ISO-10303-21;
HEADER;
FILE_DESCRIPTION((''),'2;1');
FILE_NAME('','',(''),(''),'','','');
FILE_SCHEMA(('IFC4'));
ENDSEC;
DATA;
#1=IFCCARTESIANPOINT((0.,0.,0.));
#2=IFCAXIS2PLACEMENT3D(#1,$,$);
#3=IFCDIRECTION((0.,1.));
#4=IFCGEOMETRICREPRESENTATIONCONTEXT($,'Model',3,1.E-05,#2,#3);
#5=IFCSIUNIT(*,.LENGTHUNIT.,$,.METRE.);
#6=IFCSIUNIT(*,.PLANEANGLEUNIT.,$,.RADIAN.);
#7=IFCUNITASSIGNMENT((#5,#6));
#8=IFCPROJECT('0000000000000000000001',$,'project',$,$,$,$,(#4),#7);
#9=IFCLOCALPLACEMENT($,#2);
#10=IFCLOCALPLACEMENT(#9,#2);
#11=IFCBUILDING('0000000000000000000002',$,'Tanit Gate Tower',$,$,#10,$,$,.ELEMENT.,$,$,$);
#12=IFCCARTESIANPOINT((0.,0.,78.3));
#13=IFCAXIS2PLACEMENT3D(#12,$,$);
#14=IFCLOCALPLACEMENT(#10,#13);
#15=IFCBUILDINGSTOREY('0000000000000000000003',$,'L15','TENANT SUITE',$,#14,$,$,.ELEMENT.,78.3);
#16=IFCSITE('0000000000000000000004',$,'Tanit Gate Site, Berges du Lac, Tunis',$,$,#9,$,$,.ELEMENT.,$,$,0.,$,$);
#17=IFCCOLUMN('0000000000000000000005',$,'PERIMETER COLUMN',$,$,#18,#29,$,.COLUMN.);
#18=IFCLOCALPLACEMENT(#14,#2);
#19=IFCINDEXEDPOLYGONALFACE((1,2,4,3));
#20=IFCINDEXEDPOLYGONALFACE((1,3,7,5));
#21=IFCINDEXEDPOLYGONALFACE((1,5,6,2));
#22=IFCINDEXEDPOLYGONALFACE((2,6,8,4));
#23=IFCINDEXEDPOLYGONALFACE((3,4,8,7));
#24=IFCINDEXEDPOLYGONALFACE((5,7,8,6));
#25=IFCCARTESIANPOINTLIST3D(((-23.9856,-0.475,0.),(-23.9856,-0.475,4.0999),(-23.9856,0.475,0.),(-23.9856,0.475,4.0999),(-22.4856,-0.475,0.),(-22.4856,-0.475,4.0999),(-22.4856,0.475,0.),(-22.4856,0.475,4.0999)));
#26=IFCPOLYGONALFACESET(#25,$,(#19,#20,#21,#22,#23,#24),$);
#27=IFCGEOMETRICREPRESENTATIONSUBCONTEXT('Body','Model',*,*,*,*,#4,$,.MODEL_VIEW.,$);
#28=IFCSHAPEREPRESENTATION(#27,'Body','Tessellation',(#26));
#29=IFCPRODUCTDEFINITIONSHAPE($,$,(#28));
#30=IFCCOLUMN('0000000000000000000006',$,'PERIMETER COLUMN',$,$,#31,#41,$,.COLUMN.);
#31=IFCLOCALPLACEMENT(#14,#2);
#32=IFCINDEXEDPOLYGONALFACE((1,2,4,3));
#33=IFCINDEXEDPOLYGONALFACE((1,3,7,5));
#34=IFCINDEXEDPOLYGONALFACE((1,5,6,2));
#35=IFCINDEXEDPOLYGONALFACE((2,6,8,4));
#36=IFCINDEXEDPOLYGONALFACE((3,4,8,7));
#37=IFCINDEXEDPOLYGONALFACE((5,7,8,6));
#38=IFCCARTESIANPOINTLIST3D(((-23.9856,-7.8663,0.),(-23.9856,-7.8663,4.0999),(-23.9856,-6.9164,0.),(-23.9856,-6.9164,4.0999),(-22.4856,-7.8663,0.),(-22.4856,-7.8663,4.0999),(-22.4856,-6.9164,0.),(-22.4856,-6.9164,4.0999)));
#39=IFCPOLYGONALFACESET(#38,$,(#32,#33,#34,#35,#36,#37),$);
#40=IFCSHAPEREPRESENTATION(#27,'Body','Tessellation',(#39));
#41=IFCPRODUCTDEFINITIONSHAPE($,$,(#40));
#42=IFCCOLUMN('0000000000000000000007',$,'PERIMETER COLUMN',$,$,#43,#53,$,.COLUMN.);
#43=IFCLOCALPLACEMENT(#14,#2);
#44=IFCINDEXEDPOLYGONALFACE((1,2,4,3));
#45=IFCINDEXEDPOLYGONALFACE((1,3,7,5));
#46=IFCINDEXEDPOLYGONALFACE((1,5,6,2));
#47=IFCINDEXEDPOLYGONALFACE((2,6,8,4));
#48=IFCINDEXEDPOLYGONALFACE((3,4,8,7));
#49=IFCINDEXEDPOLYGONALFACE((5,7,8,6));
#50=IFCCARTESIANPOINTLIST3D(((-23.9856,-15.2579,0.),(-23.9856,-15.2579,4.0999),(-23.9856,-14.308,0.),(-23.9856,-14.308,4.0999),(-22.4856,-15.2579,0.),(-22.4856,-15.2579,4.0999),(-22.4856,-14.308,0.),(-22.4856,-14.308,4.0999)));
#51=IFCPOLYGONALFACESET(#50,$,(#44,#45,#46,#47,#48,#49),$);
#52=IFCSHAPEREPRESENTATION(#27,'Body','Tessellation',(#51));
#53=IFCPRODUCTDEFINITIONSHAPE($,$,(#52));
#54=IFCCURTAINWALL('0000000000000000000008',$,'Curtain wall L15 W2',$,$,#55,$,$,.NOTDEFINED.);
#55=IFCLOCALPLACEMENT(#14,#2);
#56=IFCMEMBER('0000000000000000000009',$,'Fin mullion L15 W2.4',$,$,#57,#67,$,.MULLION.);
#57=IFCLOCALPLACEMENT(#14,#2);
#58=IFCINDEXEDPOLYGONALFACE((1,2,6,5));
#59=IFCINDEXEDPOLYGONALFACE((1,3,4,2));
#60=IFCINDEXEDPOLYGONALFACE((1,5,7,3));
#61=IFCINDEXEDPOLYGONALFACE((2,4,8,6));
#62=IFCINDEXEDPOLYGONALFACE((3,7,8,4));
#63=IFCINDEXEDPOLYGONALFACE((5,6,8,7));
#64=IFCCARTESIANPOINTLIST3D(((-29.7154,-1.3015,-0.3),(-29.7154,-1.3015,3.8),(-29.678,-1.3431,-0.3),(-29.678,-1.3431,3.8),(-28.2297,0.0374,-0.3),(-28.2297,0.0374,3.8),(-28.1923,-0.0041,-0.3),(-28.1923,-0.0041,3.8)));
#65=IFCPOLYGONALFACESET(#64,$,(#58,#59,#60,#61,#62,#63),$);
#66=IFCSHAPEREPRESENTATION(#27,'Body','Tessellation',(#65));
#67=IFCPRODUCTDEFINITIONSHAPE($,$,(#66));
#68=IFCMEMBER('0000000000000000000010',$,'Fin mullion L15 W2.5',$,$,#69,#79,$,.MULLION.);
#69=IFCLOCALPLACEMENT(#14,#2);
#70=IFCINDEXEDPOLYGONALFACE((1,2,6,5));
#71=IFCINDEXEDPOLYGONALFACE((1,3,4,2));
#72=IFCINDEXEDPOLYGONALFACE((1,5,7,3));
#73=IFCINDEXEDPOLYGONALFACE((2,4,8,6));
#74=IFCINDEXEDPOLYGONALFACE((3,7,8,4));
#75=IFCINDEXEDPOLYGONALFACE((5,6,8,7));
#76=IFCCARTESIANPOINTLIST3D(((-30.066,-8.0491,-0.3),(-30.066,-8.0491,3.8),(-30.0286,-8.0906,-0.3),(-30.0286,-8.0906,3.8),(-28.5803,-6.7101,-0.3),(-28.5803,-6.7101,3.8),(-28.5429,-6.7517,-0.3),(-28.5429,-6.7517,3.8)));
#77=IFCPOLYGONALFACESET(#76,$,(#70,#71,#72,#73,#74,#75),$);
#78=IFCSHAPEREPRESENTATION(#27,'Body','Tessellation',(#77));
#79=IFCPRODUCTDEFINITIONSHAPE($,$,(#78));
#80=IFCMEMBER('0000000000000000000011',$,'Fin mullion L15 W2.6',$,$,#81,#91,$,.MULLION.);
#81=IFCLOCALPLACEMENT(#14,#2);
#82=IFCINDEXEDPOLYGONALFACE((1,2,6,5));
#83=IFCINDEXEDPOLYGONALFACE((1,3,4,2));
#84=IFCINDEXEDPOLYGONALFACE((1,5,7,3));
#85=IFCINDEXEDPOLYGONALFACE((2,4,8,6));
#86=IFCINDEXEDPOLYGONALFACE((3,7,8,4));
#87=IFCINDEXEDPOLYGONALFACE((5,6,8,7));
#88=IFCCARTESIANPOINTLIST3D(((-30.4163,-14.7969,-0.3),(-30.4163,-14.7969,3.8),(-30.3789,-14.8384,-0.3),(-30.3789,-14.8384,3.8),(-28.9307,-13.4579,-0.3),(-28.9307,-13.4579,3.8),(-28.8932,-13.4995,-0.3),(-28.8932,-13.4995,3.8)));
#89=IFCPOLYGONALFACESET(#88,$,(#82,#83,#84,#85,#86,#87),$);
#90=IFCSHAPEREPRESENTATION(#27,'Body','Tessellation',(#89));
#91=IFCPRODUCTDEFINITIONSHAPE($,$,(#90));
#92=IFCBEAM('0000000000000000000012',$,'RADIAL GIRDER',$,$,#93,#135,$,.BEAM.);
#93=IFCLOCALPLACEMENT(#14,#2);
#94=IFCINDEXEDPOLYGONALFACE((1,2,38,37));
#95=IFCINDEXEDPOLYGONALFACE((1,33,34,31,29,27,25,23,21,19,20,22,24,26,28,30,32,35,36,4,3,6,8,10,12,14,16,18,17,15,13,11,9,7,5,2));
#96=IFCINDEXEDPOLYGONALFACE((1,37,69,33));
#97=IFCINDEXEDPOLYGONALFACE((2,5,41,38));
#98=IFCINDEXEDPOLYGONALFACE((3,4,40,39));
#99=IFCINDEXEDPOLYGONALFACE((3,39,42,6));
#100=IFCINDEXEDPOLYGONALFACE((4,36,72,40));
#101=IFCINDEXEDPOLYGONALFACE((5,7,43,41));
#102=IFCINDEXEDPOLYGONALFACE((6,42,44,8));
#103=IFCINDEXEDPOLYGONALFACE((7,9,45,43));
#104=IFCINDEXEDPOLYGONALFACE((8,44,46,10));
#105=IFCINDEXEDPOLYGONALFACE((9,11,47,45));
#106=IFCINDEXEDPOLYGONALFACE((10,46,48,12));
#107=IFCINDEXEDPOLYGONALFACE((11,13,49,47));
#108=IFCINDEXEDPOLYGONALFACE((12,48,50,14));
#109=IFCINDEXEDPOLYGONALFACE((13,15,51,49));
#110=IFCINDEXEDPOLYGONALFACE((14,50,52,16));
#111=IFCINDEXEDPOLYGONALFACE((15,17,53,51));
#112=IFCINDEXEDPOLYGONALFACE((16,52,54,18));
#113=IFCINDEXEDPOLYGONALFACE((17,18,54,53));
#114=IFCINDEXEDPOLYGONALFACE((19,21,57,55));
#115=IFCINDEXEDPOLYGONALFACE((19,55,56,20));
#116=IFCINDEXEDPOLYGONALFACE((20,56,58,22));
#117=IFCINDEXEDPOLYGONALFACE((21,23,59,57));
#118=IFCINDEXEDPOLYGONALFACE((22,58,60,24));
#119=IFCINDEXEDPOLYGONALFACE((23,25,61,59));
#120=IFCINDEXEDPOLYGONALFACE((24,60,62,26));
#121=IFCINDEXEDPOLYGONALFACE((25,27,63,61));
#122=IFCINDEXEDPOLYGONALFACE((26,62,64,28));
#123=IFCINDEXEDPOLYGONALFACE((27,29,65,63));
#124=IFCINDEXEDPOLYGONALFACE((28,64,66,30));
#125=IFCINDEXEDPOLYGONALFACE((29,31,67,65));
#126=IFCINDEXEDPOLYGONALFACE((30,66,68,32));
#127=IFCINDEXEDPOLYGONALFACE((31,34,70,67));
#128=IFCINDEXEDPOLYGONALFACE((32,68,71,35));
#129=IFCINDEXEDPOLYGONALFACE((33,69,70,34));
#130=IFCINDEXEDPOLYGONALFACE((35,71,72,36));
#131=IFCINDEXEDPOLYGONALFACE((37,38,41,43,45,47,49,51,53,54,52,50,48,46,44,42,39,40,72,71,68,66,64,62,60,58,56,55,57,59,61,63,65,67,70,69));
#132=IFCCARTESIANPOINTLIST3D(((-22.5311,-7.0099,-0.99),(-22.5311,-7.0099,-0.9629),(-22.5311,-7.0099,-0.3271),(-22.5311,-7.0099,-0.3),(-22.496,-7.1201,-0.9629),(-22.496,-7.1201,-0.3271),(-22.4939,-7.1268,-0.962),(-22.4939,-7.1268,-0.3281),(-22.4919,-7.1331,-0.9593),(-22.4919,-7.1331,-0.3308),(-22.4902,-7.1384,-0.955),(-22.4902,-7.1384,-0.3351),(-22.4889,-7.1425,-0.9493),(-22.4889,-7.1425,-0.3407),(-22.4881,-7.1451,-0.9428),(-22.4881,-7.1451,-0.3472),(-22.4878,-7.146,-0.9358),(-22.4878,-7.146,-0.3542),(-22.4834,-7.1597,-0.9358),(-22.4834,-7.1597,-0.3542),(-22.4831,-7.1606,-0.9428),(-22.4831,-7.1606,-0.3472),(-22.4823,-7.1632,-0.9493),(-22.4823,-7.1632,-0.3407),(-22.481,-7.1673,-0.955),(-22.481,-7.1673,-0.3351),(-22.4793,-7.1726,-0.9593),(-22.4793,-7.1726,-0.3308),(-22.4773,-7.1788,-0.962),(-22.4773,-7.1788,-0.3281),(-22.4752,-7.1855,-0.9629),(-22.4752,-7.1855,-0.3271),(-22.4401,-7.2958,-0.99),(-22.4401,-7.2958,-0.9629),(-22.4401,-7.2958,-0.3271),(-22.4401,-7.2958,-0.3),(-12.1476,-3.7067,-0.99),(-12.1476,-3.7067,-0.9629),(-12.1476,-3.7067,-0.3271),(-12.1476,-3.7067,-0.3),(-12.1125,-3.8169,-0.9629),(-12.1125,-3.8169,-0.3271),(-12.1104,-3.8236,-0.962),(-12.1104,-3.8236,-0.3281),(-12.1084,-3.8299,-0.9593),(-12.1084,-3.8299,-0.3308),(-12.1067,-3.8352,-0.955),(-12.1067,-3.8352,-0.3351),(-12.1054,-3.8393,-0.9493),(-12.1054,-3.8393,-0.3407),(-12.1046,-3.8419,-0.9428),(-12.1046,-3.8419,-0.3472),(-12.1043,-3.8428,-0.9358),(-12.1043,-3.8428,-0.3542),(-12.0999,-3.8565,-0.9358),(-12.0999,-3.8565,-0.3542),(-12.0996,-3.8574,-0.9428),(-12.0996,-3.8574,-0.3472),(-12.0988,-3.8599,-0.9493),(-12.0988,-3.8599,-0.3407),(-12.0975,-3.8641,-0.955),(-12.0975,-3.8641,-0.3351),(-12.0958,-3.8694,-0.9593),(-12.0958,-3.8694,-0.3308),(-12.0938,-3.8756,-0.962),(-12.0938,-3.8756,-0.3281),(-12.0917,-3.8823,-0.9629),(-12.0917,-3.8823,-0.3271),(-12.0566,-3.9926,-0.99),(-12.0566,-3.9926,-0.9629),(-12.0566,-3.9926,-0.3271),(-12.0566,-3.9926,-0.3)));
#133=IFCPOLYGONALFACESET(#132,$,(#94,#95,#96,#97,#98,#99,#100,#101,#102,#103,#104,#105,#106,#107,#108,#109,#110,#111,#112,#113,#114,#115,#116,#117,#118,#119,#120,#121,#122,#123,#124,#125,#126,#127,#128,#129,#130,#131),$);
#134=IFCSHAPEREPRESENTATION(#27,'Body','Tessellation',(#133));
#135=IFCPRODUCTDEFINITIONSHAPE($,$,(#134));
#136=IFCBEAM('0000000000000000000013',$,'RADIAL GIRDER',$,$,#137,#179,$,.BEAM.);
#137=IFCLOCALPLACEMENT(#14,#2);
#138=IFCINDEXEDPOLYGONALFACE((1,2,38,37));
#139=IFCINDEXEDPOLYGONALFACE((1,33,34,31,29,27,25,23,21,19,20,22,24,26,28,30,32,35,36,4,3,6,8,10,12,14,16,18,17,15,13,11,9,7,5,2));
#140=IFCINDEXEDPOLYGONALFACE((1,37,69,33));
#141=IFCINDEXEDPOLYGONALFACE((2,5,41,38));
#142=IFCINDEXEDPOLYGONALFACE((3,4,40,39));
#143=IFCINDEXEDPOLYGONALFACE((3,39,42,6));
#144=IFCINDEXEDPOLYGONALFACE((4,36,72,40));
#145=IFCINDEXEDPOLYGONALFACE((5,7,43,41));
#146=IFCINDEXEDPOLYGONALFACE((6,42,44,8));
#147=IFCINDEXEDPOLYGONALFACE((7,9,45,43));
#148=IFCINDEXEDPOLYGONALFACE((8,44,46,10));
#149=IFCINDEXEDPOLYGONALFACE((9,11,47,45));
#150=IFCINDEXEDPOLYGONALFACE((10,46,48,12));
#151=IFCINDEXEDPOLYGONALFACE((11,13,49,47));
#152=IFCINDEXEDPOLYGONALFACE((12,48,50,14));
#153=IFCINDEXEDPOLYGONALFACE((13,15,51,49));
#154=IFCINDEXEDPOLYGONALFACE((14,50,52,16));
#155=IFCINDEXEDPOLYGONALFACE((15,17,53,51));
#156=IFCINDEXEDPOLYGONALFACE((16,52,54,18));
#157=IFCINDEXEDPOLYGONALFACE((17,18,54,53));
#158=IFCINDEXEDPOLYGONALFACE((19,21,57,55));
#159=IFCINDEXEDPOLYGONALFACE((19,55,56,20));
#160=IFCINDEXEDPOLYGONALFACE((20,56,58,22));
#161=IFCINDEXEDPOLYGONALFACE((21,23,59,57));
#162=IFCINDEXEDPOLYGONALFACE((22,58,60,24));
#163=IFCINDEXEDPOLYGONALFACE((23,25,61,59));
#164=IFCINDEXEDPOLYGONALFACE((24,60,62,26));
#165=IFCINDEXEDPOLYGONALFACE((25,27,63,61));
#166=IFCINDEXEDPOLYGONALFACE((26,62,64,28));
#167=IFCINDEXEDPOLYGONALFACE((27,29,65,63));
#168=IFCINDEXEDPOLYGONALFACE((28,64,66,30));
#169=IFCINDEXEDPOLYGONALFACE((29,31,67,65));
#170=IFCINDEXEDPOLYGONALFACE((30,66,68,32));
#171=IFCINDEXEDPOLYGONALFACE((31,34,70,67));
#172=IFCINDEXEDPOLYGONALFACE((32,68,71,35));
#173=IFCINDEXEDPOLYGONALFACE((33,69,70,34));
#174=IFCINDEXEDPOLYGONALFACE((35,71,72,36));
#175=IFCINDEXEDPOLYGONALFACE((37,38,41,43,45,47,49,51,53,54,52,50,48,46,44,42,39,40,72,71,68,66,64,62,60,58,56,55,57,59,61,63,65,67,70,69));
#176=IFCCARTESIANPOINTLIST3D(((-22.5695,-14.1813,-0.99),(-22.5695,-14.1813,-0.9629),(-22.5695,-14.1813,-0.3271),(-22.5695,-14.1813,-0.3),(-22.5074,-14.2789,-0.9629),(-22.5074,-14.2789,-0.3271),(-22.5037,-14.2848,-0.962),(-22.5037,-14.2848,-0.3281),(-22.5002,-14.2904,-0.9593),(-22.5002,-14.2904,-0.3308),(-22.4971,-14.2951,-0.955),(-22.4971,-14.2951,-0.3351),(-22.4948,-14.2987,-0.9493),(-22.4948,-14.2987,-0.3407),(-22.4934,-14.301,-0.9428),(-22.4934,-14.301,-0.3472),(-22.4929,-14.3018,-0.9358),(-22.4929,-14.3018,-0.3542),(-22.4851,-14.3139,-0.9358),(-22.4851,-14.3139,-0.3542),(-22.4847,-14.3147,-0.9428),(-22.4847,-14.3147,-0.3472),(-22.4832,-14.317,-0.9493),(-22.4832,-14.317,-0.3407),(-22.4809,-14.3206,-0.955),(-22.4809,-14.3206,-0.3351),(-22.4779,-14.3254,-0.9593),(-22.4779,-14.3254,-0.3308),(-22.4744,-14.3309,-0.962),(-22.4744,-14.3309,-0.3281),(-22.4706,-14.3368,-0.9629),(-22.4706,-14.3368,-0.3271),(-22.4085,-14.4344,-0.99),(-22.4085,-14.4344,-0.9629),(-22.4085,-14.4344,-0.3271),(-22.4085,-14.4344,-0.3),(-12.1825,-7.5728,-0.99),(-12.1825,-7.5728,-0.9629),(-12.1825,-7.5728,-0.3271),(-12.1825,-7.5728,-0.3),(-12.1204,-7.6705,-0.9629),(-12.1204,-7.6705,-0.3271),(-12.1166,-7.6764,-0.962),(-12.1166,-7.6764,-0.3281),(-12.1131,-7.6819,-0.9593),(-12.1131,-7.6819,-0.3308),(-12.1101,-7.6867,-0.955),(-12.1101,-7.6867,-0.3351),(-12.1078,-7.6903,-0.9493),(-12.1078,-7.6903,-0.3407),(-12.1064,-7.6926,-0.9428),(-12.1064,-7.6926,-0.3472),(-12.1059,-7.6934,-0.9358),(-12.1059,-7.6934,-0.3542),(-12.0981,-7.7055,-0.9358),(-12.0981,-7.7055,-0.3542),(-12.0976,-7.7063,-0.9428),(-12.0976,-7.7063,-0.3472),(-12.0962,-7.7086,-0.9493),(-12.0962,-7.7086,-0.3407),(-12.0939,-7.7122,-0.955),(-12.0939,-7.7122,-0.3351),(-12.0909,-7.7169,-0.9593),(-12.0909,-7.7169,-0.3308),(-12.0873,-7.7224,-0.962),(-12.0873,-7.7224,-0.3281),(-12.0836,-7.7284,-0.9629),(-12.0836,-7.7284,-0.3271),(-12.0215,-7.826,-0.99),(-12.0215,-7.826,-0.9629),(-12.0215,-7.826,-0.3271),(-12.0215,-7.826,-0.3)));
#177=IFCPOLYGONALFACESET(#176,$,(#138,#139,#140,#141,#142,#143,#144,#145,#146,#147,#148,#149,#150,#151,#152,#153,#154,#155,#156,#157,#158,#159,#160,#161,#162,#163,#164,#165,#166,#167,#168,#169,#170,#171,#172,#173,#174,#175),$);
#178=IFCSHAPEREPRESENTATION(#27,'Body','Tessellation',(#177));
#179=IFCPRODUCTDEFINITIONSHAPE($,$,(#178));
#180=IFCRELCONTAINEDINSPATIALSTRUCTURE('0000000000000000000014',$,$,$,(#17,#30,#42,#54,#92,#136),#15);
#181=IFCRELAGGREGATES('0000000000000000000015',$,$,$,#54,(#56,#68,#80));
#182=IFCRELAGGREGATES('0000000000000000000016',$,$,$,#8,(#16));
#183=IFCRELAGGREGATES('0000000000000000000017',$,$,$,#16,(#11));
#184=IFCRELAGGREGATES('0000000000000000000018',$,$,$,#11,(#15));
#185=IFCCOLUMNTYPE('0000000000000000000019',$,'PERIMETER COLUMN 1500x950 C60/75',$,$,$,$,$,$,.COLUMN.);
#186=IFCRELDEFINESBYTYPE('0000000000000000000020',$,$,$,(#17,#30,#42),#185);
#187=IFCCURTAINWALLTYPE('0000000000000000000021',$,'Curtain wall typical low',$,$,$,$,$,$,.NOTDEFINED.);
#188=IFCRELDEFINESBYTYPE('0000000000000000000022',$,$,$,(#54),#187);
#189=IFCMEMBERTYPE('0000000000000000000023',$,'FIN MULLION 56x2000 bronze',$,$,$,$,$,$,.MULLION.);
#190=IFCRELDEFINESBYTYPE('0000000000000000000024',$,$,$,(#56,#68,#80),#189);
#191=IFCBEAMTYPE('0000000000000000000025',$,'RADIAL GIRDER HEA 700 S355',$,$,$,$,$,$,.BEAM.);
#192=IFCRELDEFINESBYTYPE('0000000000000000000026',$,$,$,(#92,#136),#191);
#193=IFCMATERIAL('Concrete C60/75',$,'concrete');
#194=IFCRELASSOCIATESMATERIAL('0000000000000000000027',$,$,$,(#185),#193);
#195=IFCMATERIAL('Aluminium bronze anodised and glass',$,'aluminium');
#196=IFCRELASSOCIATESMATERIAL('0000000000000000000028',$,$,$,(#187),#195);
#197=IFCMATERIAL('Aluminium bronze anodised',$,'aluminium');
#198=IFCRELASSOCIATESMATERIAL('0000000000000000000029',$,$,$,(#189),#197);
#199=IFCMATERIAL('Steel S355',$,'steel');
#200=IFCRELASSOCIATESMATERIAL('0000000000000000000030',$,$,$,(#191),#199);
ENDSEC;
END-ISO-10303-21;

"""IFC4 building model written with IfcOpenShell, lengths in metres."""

from ifc_helpers import new_model, si_unit, direction, frame, origin, origin_2d, place, context, subcontext, project, spatial, rectangle, i_section, extrude, material, material_profile, profile_set, type_object, element, aggregate, save


model = new_model("IFC4")

# Units and contexts
model_context = context("Model", 3, precision=1e-05, world=origin(), true_north=direction((0.0, 1.0)))
body_context = subcontext(model_context, "Body", "Model", "MODEL_VIEW")
ifc_project = project(units=[si_unit("LENGTHUNIT", "METRE"), si_unit("PLANEANGLEUNIT", "RADIAN")], contexts=[model_context])

# Site, building, storey
site_placement = place(None, origin())
site = spatial("IfcSite", under=ifc_project, at=site_placement, Name="Tanit Gate Site, Berges du Lac, Tunis", CompositionType="ELEMENT", RefElevation=0.0)
building_placement = place(site_placement, origin())
building = spatial("IfcBuilding", under=site, at=building_placement, Name="Tanit Gate Tower", CompositionType="ELEMENT")
storey_placement = place(building_placement, frame((0.0, 0.0, 78.3)))
storey = spatial("IfcBuildingStorey", under=building, at=storey_placement, Name="L15", Description="TENANT SUITE", CompositionType="ELEMENT", Elevation=78.3)

# Columns
ifc_material_1 = material(Name="Concrete C60/75", Category="concrete")
ifc_material_profile_1 = material_profile(ifc_material_1, rectangle(XDim=1.5, YDim=0.95, at=origin_2d()), Name="RC 1500x950")
ifc_profile_set_1 = profile_set([ifc_material_profile_1], Name="Concrete C60/75")
column_type = type_object("IfcColumnType", Name="PERIMETER COLUMN 1500x950 C60/75", PredefinedType="COLUMN", material=ifc_profile_set_1)
for number, where, z_axis, x_axis, name in (
    (1, (-23.2356, 0.0, 0.0), (0.0, 0.0, 1.0), (-1.0, 0.0, 0.0), "PERIMETER COLUMN"),
    (2, (-23.2356, -7.3914, 0.0), (0.0, 0.0, 1.0), (-1.0, 0.0, 0.0), "PERIMETER COLUMN"),
    (3, (-23.2356, -14.783, 0.0), (0.0, 0.0, 1.0), (-1.0, 0.0, 0.0), "PERIMETER COLUMN"),
):
    element("IfcColumn", number, at=place(storey_placement, frame(where, z_axis=z_axis, x_axis=x_axis)), inside=storey, type_object=column_type, Name=name, PredefinedType="COLUMN", context=body_context, shape_type="SweptSolid", body=[
        extrude(rectangle(XDim=1.5, YDim=0.95, at=origin_2d()), origin(), (0.0, 0.0, 1.0), 4.0999),
    ])

# Curtain wall, members
ifc_material_2 = material(Name="Aluminium bronze anodised and glass", Category="aluminium")
curtain_wall_type = type_object("IfcCurtainWallType", Name="Curtain wall typical low", PredefinedType="NOTDEFINED", material=ifc_material_2)
curtain_wall_placement = place(storey_placement, origin())
curtain_wall = element("IfcCurtainWall", 4, at=curtain_wall_placement, inside=storey, type_object=curtain_wall_type, Name="Curtain wall L15 W2", PredefinedType="NOTDEFINED")
ifc_material_3 = material(Name="Aluminium bronze anodised", Category="aluminium")
ifc_material_profile_2 = material_profile(ifc_material_3, rectangle(XDim=2.0, YDim=0.0559, at=origin_2d()), Name="56x2000 bronze fin mullion")
ifc_profile_set_2 = profile_set([ifc_material_profile_2], Name="Aluminium bronze anodised")
member_type_1 = type_object("IfcMemberType", Name="FIN MULLION 56x2000 bronze", PredefinedType="MULLION", material=ifc_profile_set_2)
member_1_placement = place(storey_placement, frame((-28.9539, -0.6528, -0.3), z_axis=(0.0, 0.0, 1.0), x_axis=(0.742829, 0.669481, 0.0)))
member_1 = element("IfcMember", 5, at=member_1_placement, type_object=member_type_1, Name="Fin mullion L15 W2.4", PredefinedType="MULLION", context=body_context, shape_type="SweptSolid", body=[
    extrude(rectangle(XDim=2.0, YDim=0.0559, at=origin_2d()), origin(), (0.0, 0.0, 1.0), 4.1001),
])
member_2_placement = place(storey_placement, frame((-29.3044, -7.4004, -0.3), z_axis=(0.0, 0.0, 1.0), x_axis=(0.742829, 0.669481, 0.0)))
member_2 = element("IfcMember", 6, at=member_2_placement, type_object=member_type_1, Name="Fin mullion L15 W2.5", PredefinedType="MULLION", context=body_context, shape_type="SweptSolid", body=[
    extrude(rectangle(XDim=2.0, YDim=0.0559, at=origin_2d()), origin(), (0.0, 0.0, 1.0), 4.1001),
])
member_3_placement = place(storey_placement, frame((-29.6548, -14.1482, -0.3), z_axis=(0.0, 0.0, 1.0), x_axis=(0.742829, 0.669481, 0.0)))
member_3 = element("IfcMember", 7, at=member_3_placement, type_object=member_type_1, Name="Fin mullion L15 W2.6", PredefinedType="MULLION", context=body_context, shape_type="SweptSolid", body=[
    extrude(rectangle(XDim=2.0, YDim=0.0559, at=origin_2d()), origin(), (0.0, 0.0, 1.0), 4.1001),
])

# Beams
ifc_material_4 = material(Name="Steel S355", Category="steel")
ifc_material_profile_3 = material_profile(ifc_material_4, i_section(OverallWidth=0.3, OverallDepth=0.6899, WebThickness=0.0144, FlangeThickness=0.0271, FilletRadius=0.0271, at=origin_2d()), Name="HEA 700")
ifc_profile_set_3 = profile_set([ifc_material_profile_3], Name="Steel S355")
beam_type = type_object("IfcBeamType", Name="RADIAL GIRDER HEA 700 S355", PredefinedType="BEAM", material=ifc_profile_set_3)
beam_1_placement = place(storey_placement, frame((-22.4856, -7.1528, -0.645), z_axis=(0.952943, 0.303151, 0.0), x_axis=(-0.303151, 0.952943, 0.0)))
element("IfcBeam", 8, at=beam_1_placement, inside=storey, type_object=beam_type, Name="RADIAL GIRDER", PredefinedType="BEAM", context=body_context, shape_type="SweptSolid", body=[
    extrude(i_section(OverallWidth=0.3, OverallDepth=0.6899, WebThickness=0.0144, FlangeThickness=0.0271, FilletRadius=0.0271, at=origin_2d()), origin(), (0.0, 0.0, 1.0), 10.8962),
])
beam_2_placement = place(storey_placement, frame((-22.489, -14.3079, -0.645), z_axis=(0.843716, 0.53679, 0.0), x_axis=(-0.53679, 0.843716, 0.0)))
element("IfcBeam", 9, at=beam_2_placement, inside=storey, type_object=beam_type, Name="RADIAL GIRDER", PredefinedType="BEAM", context=body_context, shape_type="SweptSolid", body=[
    extrude(i_section(OverallWidth=0.3, OverallDepth=0.6899, WebThickness=0.0144, FlangeThickness=0.0271, FilletRadius=0.0271, at=origin_2d()), origin(), (0.0, 0.0, 1.0), 12.311),
])

aggregate(curtain_wall, [member_1, member_2, member_3])

save(model, "model.ifc")
